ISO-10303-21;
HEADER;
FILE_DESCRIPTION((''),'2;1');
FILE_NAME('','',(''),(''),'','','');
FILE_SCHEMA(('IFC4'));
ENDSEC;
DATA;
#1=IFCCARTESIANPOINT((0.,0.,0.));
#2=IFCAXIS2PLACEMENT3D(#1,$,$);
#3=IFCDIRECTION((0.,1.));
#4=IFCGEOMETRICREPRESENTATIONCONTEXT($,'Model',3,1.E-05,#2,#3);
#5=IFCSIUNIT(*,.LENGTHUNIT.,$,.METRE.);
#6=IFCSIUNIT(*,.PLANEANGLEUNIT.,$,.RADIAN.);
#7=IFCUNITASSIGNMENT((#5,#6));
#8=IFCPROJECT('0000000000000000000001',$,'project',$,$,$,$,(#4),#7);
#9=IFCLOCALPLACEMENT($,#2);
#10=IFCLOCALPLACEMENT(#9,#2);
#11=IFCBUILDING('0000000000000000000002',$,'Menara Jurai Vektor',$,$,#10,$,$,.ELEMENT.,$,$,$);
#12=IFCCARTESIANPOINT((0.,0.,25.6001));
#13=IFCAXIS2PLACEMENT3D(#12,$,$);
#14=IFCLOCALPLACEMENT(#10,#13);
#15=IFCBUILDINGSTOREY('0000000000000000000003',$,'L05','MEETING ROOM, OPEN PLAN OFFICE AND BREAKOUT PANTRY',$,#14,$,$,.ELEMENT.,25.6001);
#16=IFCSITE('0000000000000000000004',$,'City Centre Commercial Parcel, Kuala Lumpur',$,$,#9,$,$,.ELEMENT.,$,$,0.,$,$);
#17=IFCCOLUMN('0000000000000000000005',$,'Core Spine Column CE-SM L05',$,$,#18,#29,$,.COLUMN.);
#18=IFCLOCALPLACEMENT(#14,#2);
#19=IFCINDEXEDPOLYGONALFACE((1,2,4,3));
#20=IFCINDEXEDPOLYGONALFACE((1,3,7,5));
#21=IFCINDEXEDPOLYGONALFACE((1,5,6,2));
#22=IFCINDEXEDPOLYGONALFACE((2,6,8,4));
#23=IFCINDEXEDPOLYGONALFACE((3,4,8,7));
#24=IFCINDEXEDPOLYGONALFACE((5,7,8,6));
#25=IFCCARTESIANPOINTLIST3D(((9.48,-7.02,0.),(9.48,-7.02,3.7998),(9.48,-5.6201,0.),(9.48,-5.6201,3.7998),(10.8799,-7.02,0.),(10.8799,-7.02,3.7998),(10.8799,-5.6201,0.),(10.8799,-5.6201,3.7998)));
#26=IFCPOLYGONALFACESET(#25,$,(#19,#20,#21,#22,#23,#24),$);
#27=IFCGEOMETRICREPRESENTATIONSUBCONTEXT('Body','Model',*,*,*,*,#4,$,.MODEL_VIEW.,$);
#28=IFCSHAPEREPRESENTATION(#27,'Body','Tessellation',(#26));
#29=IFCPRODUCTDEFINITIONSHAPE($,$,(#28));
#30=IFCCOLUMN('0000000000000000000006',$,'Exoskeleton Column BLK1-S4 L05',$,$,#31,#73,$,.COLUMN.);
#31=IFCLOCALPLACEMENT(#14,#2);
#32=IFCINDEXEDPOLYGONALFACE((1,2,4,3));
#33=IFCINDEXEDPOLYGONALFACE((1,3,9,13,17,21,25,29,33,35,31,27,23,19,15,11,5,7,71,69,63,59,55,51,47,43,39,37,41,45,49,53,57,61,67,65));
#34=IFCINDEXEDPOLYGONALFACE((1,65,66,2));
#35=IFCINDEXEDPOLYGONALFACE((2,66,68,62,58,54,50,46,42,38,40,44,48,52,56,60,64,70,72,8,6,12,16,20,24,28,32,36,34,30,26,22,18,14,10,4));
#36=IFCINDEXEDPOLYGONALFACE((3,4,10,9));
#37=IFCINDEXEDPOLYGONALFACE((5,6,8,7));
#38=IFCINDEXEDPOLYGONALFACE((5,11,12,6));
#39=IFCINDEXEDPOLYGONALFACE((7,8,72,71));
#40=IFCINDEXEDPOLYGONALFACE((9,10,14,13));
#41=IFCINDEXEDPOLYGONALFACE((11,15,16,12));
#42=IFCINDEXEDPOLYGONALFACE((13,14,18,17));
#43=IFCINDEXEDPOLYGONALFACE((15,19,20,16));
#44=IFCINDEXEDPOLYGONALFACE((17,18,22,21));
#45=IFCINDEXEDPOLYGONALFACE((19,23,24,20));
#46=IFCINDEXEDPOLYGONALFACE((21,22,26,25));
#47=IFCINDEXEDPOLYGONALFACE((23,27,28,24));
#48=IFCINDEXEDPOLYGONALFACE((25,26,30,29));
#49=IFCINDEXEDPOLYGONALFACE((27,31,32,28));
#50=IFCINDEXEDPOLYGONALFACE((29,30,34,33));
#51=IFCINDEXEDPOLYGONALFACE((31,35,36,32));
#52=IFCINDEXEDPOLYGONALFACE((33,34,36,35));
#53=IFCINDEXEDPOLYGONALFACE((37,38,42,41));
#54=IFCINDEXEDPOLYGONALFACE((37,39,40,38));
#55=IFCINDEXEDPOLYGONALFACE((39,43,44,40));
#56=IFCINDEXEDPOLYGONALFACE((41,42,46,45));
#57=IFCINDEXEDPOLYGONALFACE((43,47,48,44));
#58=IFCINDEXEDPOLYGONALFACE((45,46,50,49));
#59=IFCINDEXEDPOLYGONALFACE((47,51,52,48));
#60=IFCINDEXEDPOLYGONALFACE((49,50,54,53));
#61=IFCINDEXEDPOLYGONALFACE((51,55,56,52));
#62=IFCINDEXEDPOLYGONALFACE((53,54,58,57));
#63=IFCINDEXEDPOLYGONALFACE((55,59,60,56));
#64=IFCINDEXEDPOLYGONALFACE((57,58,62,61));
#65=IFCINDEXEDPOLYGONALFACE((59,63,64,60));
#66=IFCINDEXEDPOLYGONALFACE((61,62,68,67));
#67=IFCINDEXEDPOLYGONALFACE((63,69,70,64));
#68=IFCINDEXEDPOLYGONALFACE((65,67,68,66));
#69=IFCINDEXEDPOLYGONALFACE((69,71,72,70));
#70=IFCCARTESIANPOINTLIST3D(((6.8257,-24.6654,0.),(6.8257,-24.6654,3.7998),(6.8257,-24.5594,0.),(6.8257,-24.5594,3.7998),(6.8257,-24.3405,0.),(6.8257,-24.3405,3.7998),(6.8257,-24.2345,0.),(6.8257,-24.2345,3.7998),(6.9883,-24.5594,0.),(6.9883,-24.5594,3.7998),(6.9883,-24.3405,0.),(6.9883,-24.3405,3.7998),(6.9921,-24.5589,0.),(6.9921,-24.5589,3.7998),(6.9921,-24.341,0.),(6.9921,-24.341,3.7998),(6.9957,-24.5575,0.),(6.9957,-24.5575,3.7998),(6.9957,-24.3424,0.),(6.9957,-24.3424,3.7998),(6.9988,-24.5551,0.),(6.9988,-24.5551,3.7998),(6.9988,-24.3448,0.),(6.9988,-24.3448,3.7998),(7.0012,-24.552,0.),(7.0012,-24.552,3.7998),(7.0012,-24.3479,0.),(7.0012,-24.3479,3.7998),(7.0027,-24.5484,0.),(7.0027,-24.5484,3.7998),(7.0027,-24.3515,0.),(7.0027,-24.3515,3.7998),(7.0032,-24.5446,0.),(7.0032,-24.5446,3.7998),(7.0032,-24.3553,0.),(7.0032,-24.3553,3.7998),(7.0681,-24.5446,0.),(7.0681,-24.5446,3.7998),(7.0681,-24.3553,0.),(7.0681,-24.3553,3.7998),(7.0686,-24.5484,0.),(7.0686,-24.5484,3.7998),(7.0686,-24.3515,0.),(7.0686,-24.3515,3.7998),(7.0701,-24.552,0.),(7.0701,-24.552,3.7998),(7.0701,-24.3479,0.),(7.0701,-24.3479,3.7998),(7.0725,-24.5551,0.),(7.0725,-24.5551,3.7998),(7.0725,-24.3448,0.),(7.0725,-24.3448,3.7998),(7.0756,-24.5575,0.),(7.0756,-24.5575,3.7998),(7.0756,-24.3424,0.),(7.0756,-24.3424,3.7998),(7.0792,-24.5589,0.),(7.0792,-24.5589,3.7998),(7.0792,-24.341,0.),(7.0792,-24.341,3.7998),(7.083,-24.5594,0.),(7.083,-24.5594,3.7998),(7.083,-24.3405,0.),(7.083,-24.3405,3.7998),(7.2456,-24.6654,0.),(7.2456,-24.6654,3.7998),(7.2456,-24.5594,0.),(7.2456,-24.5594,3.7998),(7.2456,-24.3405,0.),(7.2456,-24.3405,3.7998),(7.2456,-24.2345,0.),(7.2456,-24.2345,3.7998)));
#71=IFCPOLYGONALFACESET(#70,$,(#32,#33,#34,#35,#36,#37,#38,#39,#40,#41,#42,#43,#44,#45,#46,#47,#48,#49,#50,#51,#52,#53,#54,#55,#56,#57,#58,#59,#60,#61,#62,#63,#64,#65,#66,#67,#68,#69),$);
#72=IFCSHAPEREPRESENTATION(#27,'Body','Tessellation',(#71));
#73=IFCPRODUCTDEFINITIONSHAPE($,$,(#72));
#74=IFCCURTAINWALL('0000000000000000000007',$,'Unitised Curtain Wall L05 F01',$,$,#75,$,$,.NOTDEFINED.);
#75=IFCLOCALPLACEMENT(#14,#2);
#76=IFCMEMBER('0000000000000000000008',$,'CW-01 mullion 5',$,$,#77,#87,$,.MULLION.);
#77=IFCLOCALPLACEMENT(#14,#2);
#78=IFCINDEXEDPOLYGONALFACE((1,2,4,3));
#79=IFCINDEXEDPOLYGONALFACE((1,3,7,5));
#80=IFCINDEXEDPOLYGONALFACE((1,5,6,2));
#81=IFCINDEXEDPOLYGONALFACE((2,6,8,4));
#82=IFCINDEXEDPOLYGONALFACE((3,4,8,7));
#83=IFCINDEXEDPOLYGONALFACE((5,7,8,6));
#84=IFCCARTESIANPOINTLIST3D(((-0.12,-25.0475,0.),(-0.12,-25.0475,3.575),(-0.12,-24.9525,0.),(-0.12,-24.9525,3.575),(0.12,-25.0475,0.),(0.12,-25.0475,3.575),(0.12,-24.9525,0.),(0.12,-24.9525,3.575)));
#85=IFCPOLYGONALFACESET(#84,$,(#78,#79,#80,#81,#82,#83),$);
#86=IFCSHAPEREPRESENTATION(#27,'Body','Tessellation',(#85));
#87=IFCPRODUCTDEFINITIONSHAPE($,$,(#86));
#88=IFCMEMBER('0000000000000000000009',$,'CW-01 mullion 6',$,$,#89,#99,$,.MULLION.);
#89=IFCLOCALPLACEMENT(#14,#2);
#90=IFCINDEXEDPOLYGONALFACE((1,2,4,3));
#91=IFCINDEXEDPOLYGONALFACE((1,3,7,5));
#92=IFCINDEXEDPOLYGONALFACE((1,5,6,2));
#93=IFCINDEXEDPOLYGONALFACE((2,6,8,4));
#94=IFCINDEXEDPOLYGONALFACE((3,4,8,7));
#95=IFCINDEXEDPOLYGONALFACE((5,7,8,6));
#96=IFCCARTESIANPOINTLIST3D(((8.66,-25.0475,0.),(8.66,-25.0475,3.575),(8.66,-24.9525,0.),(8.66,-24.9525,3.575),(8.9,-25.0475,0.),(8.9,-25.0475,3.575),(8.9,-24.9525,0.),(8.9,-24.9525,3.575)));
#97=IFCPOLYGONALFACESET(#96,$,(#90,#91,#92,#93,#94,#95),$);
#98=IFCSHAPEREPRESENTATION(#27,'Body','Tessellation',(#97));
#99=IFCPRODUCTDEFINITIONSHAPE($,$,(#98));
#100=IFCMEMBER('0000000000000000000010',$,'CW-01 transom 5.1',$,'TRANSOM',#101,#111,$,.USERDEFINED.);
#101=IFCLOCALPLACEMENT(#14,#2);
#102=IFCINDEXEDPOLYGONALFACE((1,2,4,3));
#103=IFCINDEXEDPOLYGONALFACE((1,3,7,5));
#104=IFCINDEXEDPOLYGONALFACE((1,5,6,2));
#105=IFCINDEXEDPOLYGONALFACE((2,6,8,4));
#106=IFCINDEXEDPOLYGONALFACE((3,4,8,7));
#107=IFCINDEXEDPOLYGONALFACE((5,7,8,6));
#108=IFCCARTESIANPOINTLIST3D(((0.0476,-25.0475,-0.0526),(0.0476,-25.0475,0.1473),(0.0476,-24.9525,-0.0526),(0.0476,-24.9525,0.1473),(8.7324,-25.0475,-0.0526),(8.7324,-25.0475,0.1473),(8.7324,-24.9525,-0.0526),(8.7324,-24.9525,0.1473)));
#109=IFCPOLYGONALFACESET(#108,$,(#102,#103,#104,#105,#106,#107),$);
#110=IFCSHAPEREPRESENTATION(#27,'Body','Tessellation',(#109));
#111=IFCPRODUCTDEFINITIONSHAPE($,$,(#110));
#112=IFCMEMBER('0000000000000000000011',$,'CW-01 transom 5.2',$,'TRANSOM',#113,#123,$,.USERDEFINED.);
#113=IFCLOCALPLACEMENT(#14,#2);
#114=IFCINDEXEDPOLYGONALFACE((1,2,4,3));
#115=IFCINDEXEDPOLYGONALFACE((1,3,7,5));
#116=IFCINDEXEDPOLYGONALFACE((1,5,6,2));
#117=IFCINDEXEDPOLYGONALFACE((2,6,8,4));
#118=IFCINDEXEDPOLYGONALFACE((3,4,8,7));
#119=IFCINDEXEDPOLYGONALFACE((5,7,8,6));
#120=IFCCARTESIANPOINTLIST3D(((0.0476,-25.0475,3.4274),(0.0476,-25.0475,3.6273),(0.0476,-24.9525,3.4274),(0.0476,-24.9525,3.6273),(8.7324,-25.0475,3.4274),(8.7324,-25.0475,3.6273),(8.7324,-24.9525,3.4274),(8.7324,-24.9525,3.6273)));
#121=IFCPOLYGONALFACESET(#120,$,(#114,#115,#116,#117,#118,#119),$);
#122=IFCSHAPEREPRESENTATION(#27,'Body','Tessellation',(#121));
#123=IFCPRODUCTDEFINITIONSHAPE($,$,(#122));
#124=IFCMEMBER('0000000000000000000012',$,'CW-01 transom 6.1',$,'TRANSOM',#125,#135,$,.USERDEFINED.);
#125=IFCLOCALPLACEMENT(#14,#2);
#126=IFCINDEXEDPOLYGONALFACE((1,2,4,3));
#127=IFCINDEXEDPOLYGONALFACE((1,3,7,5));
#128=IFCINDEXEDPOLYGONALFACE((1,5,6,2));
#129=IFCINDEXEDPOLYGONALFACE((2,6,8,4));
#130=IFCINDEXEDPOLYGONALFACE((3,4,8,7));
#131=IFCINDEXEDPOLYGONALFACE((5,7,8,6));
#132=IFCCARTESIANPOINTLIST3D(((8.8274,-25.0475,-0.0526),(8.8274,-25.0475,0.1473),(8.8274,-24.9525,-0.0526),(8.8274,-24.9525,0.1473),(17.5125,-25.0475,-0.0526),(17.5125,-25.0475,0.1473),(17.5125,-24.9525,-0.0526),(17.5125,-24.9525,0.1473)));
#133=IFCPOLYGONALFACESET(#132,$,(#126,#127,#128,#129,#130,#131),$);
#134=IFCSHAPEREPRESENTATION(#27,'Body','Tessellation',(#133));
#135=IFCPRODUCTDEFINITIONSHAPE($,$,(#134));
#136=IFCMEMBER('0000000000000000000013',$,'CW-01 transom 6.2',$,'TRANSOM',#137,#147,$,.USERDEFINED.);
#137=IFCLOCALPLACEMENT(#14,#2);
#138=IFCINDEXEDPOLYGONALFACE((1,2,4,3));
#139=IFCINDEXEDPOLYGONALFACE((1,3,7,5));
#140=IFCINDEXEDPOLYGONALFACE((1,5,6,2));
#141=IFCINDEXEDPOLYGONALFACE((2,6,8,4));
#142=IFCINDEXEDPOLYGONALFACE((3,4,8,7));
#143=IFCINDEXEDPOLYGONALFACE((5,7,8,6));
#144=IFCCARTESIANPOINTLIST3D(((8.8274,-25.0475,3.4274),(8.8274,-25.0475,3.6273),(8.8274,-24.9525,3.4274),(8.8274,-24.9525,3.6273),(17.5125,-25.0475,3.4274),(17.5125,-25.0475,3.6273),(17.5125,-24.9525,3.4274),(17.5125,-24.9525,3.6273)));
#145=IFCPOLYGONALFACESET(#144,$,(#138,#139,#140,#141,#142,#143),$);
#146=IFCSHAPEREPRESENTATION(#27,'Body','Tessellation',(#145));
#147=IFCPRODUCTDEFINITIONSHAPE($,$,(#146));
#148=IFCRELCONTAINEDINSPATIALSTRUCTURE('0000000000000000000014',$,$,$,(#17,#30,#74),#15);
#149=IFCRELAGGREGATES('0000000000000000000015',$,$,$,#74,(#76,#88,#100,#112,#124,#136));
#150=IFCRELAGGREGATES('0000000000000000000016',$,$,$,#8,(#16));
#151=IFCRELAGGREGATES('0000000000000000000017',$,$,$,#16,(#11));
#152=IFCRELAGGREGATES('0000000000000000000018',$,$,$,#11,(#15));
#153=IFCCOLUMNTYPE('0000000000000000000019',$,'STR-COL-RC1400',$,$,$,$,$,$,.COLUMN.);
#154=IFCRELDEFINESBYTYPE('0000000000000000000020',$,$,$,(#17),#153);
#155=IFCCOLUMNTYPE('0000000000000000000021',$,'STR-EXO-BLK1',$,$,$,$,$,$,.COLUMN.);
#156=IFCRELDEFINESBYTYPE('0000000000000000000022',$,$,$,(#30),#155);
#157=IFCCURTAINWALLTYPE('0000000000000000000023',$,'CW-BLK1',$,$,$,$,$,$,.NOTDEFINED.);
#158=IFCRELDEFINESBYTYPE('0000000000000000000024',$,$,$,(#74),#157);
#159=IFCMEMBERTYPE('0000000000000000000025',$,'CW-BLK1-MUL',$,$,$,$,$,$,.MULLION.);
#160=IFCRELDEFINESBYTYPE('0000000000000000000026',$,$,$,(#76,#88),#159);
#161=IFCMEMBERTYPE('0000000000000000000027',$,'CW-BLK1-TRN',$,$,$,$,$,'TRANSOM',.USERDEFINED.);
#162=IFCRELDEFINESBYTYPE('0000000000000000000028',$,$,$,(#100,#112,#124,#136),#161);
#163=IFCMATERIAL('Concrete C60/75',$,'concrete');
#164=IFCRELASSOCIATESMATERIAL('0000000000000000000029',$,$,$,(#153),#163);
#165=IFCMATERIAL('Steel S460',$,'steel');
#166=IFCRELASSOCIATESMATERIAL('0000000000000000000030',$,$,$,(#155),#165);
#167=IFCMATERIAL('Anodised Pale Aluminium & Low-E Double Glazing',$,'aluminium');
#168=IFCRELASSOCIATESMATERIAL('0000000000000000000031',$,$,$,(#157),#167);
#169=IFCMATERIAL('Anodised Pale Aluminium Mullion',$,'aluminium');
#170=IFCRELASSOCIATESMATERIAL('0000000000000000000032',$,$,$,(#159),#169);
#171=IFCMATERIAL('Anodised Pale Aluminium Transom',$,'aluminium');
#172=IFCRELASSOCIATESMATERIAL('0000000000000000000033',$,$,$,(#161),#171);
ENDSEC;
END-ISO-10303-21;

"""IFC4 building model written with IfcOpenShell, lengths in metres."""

from ifc_helpers import new_model, si_unit, direction, frame, origin, origin_2d, place, context, subcontext, project, spatial, rectangle, i_section, extrude, material, material_profile, profile_set, type_object, element, aggregate, save


model = new_model("IFC4")

# Units and contexts
model_context = context("Model", 3, precision=1e-05, world=origin(), true_north=direction((0.0, 1.0)))
body_context = subcontext(model_context, "Body", "Model", "MODEL_VIEW")
ifc_project = project(units=[si_unit("LENGTHUNIT", "METRE"), si_unit("PLANEANGLEUNIT", "RADIAN")], contexts=[model_context])

# Site, building, storey
site_placement = place(None, origin())
site = spatial("IfcSite", under=ifc_project, at=site_placement, Name="City Centre Commercial Parcel, Kuala Lumpur", CompositionType="ELEMENT", RefElevation=0.0)
building_placement = place(site_placement, origin())
building = spatial("IfcBuilding", under=site, at=building_placement, Name="Menara Jurai Vektor", CompositionType="ELEMENT")
storey_placement = place(building_placement, frame((0.0, 0.0, 25.6001)))
storey = spatial("IfcBuildingStorey", under=building, at=storey_placement, Name="L05", Description="MEETING ROOM, OPEN PLAN OFFICE AND BREAKOUT PANTRY", CompositionType="ELEMENT", Elevation=25.6001)

# Columns
ifc_material_1 = material(Name="Concrete C60/75", Category="concrete")
ifc_material_profile_1 = material_profile(ifc_material_1, rectangle(XDim=1.3999, YDim=1.3999, at=origin_2d()), Name="RC 1400x1400")
ifc_profile_set_1 = profile_set([ifc_material_profile_1], Name="Concrete C60/75")
column_type_1 = type_object("IfcColumnType", Name="STR-COL-RC1400", PredefinedType="COLUMN", material=ifc_profile_set_1)
column_1_placement = place(storey_placement, frame((10.1799, -6.3201, 0.0), z_axis=(0.0, 0.0, 1.0), x_axis=(1.0, 0.0, 0.0)))
element("IfcColumn", 1, at=column_1_placement, inside=storey, type_object=column_type_1, Name="Core Spine Column CE-SM L05", PredefinedType="COLUMN", context=body_context, shape_type="SweptSolid", body=[
    extrude(rectangle(XDim=1.3999, YDim=1.3999, at=origin_2d()), origin(), (0.0, 0.0, 1.0), 3.7998),
])
ifc_material_2 = material(Name="Steel S460", Category="steel")
ifc_material_profile_2 = material_profile(ifc_material_2, i_section(OverallWidth=0.4199, OverallDepth=0.4309, WebThickness=0.0649, FlangeThickness=0.106, FilletRadius=0.0149, at=origin_2d()), Name="HD 400x900")
ifc_profile_set_2 = profile_set([ifc_material_profile_2], Name="Steel S460")
column_type_2 = type_object("IfcColumnType", Name="STR-EXO-BLK1", PredefinedType="COLUMN", material=ifc_profile_set_2)
column_2_placement = place(storey_placement, frame((7.0356, -24.45, 0.0), z_axis=(0.0, 0.0, 1.0), x_axis=(1.0, 0.0, 0.0)))
element("IfcColumn", 2, at=column_2_placement, inside=storey, type_object=column_type_2, Name="Exoskeleton Column BLK1-S4 L05", PredefinedType="COLUMN", context=body_context, shape_type="SweptSolid", body=[
    extrude(i_section(OverallWidth=0.4199, OverallDepth=0.4309, WebThickness=0.0649, FlangeThickness=0.106, FilletRadius=0.0149, at=origin_2d()), origin(), (0.0, 0.0, 1.0), 3.7998),
])

# Curtain wall, members
ifc_material_3 = material(Name="Anodised Pale Aluminium & Low-E Double Glazing", Category="aluminium")
curtain_wall_type = type_object("IfcCurtainWallType", Name="CW-BLK1", PredefinedType="NOTDEFINED", material=ifc_material_3)
curtain_wall_placement = place(storey_placement, origin())
curtain_wall = element("IfcCurtainWall", 3, at=curtain_wall_placement, inside=storey, type_object=curtain_wall_type, Name="Unitised Curtain Wall L05 F01", PredefinedType="NOTDEFINED")
ifc_material_4 = material(Name="Anodised Pale Aluminium Mullion", Category="aluminium")
ifc_material_profile_3 = material_profile(ifc_material_4, rectangle(XDim=0.095, YDim=0.24, at=origin_2d()), Name="ALU MUL 95x240")
ifc_profile_set_3 = profile_set([ifc_material_profile_3], Name="Anodised Pale Aluminium Mullion")
member_type_1 = type_object("IfcMemberType", Name="CW-BLK1-MUL", PredefinedType="MULLION", material=ifc_profile_set_3)
member_1_placement = place(storey_placement, frame((0.0, -25.0, 0.0), z_axis=(0.0, 0.0, 1.0), x_axis=(0.0, 1.0, 0.0)))
member_1 = element("IfcMember", 4, at=member_1_placement, type_object=member_type_1, Name="CW-01 mullion 5", PredefinedType="MULLION", context=body_context, shape_type="SweptSolid", body=[
    extrude(rectangle(XDim=0.095, YDim=0.24, at=origin_2d()), origin(), (0.0, 0.0, 1.0), 3.575),
])
member_2_placement = place(storey_placement, frame((8.78, -25.0, 0.0), z_axis=(0.0, 0.0, 1.0), x_axis=(0.0, 1.0, 0.0)))
member_2 = element("IfcMember", 5, at=member_2_placement, type_object=member_type_1, Name="CW-01 mullion 6", PredefinedType="MULLION", context=body_context, shape_type="SweptSolid", body=[
    extrude(rectangle(XDim=0.095, YDim=0.24, at=origin_2d()), origin(), (0.0, 0.0, 1.0), 3.575),
])
ifc_material_5 = material(Name="Anodised Pale Aluminium Transom", Category="aluminium")
ifc_material_profile_4 = material_profile(ifc_material_5, rectangle(XDim=0.095, YDim=0.2, at=origin_2d()), Name="ALU TRN 95x200")
ifc_profile_set_4 = profile_set([ifc_material_profile_4], Name="Anodised Pale Aluminium Transom")
member_type_2 = type_object("IfcMemberType", Name="CW-BLK1-TRN", ElementType="TRANSOM", PredefinedType="USERDEFINED", material=ifc_profile_set_4)
member_3_placement = place(storey_placement, frame((0.0476, -25.0, 0.0474), z_axis=(1.0, 0.0, 0.0), x_axis=(0.0, 1.0, 0.0)))
member_3 = element("IfcMember", 6, at=member_3_placement, type_object=member_type_2, Name="CW-01 transom 5.1", ObjectType="TRANSOM", PredefinedType="USERDEFINED", context=body_context, shape_type="SweptSolid", body=[
    extrude(rectangle(XDim=0.095, YDim=0.2, at=origin_2d()), origin(), (0.0, 0.0, 1.0), 8.6848),
])
member_4_placement = place(storey_placement, frame((0.0476, -25.0, 3.5273), z_axis=(1.0, 0.0, 0.0), x_axis=(0.0, 1.0, 0.0)))
member_4 = element("IfcMember", 7, at=member_4_placement, type_object=member_type_2, Name="CW-01 transom 5.2", ObjectType="TRANSOM", PredefinedType="USERDEFINED", context=body_context, shape_type="SweptSolid", body=[
    extrude(rectangle(XDim=0.095, YDim=0.2, at=origin_2d()), origin(), (0.0, 0.0, 1.0), 8.6848),
])
member_5_placement = place(storey_placement, frame((8.8274, -25.0, 0.0474), z_axis=(1.0, 0.0, 0.0), x_axis=(0.0, 1.0, 0.0)))
member_5 = element("IfcMember", 8, at=member_5_placement, type_object=member_type_2, Name="CW-01 transom 6.1", ObjectType="TRANSOM", PredefinedType="USERDEFINED", context=body_context, shape_type="SweptSolid", body=[
    extrude(rectangle(XDim=0.095, YDim=0.2, at=origin_2d()), origin(), (0.0, 0.0, 1.0), 8.6851),
])
member_6_placement = place(storey_placement, frame((8.8274, -25.0, 3.5273), z_axis=(1.0, 0.0, 0.0), x_axis=(0.0, 1.0, 0.0)))
member_6 = element("IfcMember", 9, at=member_6_placement, type_object=member_type_2, Name="CW-01 transom 6.2", ObjectType="TRANSOM", PredefinedType="USERDEFINED", context=body_context, shape_type="SweptSolid", body=[
    extrude(rectangle(XDim=0.095, YDim=0.2, at=origin_2d()), origin(), (0.0, 0.0, 1.0), 8.6851),
])

aggregate(curtain_wall, [member_1, member_2, member_3, member_4, member_5, member_6])

save(model, "model.ifc")
